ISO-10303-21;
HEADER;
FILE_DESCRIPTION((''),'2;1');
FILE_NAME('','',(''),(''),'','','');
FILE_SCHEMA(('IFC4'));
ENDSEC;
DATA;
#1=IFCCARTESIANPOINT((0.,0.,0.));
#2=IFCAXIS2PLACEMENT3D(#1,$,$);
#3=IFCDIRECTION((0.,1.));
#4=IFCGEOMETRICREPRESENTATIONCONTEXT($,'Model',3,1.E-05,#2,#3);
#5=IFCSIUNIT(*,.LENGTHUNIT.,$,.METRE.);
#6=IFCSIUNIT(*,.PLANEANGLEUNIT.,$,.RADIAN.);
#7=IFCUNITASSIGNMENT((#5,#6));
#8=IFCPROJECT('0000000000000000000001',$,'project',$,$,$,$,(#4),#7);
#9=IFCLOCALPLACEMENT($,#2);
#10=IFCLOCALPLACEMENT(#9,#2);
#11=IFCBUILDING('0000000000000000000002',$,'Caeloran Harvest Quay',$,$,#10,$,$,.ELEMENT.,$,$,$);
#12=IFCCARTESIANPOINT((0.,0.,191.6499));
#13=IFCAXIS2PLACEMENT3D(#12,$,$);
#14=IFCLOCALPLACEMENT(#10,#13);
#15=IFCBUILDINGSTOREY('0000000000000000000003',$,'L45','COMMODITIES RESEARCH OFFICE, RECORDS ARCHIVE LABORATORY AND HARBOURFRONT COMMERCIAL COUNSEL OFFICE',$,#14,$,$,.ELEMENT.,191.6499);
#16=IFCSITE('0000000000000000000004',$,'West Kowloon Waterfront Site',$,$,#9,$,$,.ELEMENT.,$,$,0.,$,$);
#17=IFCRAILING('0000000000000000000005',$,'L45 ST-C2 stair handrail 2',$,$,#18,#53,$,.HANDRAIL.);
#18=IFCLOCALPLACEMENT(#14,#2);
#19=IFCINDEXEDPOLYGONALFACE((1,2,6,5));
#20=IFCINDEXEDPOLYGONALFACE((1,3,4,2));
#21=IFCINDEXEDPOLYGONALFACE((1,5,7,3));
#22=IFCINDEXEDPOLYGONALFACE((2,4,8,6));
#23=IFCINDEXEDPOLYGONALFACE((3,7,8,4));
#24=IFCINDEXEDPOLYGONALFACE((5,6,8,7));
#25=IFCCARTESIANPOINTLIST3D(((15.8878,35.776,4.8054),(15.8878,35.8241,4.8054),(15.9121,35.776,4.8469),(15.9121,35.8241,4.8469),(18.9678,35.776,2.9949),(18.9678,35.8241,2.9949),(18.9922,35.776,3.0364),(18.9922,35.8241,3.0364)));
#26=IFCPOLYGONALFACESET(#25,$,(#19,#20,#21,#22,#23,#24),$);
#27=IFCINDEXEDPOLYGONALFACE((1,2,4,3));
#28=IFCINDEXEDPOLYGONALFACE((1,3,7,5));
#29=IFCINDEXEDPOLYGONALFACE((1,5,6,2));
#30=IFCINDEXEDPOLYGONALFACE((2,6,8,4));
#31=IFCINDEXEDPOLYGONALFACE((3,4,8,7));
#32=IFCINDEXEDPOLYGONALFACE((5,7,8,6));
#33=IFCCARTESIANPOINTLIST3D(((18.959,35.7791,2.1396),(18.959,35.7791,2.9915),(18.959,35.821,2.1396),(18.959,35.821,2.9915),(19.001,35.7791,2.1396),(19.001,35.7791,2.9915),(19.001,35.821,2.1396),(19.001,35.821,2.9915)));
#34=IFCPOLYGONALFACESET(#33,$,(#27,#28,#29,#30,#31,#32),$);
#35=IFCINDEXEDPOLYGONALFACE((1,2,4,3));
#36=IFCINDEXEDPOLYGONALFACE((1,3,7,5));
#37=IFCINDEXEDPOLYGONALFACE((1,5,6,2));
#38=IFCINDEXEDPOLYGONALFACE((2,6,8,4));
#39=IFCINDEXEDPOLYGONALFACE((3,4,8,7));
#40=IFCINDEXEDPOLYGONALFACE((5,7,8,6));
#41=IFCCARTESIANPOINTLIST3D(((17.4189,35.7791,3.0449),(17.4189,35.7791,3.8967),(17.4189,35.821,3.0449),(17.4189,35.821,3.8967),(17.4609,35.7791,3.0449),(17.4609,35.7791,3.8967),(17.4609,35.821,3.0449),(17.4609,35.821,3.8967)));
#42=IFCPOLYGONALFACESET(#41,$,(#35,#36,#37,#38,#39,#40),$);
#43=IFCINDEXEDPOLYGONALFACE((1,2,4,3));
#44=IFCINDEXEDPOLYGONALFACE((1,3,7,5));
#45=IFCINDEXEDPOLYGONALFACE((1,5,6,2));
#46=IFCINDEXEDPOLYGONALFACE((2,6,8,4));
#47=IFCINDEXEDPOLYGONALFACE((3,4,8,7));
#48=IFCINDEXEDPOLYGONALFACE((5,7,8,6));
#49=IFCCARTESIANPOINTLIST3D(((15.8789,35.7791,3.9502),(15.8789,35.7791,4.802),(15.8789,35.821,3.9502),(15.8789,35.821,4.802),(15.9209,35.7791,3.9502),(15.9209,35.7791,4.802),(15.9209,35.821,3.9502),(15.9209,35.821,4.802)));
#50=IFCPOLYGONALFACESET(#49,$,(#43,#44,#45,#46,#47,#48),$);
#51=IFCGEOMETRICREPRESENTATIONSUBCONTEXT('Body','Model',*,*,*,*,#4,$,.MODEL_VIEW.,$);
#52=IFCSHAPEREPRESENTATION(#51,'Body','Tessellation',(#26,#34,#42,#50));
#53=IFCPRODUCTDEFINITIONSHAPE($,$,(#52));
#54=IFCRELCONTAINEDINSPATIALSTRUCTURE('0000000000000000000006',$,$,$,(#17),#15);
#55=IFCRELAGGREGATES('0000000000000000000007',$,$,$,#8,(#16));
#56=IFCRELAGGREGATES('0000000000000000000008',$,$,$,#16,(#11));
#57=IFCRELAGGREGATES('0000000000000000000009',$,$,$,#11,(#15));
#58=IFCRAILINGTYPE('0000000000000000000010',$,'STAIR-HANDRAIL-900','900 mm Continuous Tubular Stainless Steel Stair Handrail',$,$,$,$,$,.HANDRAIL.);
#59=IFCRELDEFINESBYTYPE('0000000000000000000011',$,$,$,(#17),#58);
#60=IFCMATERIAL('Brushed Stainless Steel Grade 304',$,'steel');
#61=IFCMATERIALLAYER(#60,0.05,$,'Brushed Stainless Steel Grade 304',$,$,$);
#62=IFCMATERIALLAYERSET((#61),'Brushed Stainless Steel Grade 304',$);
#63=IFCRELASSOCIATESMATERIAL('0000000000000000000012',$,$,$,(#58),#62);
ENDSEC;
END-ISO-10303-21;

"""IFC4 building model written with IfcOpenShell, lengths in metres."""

from ifc_helpers import new_model, si_unit, direction, frame, origin, origin_2d, place, context, subcontext, project, spatial, rectangle, extrude, material, layer, layer_set, type_object, element, save


model = new_model("IFC4")

# Units and contexts
model_context = context("Model", 3, precision=1e-05, world=origin(), true_north=direction((0.0, 1.0)))
body_context = subcontext(model_context, "Body", "Model", "MODEL_VIEW")
ifc_project = project(units=[si_unit("LENGTHUNIT", "METRE"), si_unit("PLANEANGLEUNIT", "RADIAN")], contexts=[model_context])

# Site, building, storey
site_placement = place(None, origin())
site = spatial("IfcSite", under=ifc_project, at=site_placement, Name="West Kowloon Waterfront Site", CompositionType="ELEMENT", RefElevation=0.0)
building_placement = place(site_placement, origin())
building = spatial("IfcBuilding", under=site, at=building_placement, Name="Caeloran Harvest Quay", CompositionType="ELEMENT")
storey_placement = place(building_placement, frame((0.0, 0.0, 191.6499)))
storey = spatial("IfcBuildingStorey", under=building, at=storey_placement, Name="L45", Description="COMMODITIES RESEARCH OFFICE, RECORDS ARCHIVE LABORATORY AND HARBOURFRONT COMMERCIAL COUNSEL OFFICE", CompositionType="ELEMENT", Elevation=191.6499)

# Railing
ifc_material_1 = material(Name="Brushed Stainless Steel Grade 304", Category="steel")
ifc_layer_1 = layer(ifc_material_1, 0.05, Name="Brushed Stainless Steel Grade 304")
ifc_layer_set_1 = layer_set([ifc_layer_1], Name="Brushed Stainless Steel Grade 304")
railing_type_1 = type_object("IfcRailingType", Name="STAIR-HANDRAIL-900", Description="900 mm Continuous Tubular Stainless Steel Stair Handrail", PredefinedType="HANDRAIL", material=ifc_layer_set_1)
for number, where, name in (
    (1, (18.98, 35.8, 2.1396), "L45 ST-C2 stair handrail 2"),
):
    element("IfcRailing", number, at=place(storey_placement, frame(where)), inside=storey, type_object=railing_type_1, Name=name, PredefinedType="HANDRAIL", context=body_context, shape_type="SweptSolid", body=[
        extrude(rectangle(XDim=0.0481, YDim=0.0481, at=origin_2d()), frame((0.0, 0.0, 0.876), z_axis=(-0.862089, 0.0, 0.506757), x_axis=(0.0, -1.0, 0.0)), (0.0, 0.0, 1.0), 3.5728),
        extrude(rectangle(XDim=0.042, YDim=0.042, at=origin_2d()), origin(), (0.0, 0.0, 1.0), 0.8518),
        extrude(rectangle(XDim=0.042, YDim=0.042, at=origin_2d()), frame((-1.54, 0.0, 0.9053)), (0.0, 0.0, 1.0), 0.8518),
        extrude(rectangle(XDim=0.042, YDim=0.042, at=origin_2d()), frame((-3.0801, 0.0, 1.8105)), (0.0, 0.0, 1.0), 0.8518),
    ])

save(model, "model.ifc")
